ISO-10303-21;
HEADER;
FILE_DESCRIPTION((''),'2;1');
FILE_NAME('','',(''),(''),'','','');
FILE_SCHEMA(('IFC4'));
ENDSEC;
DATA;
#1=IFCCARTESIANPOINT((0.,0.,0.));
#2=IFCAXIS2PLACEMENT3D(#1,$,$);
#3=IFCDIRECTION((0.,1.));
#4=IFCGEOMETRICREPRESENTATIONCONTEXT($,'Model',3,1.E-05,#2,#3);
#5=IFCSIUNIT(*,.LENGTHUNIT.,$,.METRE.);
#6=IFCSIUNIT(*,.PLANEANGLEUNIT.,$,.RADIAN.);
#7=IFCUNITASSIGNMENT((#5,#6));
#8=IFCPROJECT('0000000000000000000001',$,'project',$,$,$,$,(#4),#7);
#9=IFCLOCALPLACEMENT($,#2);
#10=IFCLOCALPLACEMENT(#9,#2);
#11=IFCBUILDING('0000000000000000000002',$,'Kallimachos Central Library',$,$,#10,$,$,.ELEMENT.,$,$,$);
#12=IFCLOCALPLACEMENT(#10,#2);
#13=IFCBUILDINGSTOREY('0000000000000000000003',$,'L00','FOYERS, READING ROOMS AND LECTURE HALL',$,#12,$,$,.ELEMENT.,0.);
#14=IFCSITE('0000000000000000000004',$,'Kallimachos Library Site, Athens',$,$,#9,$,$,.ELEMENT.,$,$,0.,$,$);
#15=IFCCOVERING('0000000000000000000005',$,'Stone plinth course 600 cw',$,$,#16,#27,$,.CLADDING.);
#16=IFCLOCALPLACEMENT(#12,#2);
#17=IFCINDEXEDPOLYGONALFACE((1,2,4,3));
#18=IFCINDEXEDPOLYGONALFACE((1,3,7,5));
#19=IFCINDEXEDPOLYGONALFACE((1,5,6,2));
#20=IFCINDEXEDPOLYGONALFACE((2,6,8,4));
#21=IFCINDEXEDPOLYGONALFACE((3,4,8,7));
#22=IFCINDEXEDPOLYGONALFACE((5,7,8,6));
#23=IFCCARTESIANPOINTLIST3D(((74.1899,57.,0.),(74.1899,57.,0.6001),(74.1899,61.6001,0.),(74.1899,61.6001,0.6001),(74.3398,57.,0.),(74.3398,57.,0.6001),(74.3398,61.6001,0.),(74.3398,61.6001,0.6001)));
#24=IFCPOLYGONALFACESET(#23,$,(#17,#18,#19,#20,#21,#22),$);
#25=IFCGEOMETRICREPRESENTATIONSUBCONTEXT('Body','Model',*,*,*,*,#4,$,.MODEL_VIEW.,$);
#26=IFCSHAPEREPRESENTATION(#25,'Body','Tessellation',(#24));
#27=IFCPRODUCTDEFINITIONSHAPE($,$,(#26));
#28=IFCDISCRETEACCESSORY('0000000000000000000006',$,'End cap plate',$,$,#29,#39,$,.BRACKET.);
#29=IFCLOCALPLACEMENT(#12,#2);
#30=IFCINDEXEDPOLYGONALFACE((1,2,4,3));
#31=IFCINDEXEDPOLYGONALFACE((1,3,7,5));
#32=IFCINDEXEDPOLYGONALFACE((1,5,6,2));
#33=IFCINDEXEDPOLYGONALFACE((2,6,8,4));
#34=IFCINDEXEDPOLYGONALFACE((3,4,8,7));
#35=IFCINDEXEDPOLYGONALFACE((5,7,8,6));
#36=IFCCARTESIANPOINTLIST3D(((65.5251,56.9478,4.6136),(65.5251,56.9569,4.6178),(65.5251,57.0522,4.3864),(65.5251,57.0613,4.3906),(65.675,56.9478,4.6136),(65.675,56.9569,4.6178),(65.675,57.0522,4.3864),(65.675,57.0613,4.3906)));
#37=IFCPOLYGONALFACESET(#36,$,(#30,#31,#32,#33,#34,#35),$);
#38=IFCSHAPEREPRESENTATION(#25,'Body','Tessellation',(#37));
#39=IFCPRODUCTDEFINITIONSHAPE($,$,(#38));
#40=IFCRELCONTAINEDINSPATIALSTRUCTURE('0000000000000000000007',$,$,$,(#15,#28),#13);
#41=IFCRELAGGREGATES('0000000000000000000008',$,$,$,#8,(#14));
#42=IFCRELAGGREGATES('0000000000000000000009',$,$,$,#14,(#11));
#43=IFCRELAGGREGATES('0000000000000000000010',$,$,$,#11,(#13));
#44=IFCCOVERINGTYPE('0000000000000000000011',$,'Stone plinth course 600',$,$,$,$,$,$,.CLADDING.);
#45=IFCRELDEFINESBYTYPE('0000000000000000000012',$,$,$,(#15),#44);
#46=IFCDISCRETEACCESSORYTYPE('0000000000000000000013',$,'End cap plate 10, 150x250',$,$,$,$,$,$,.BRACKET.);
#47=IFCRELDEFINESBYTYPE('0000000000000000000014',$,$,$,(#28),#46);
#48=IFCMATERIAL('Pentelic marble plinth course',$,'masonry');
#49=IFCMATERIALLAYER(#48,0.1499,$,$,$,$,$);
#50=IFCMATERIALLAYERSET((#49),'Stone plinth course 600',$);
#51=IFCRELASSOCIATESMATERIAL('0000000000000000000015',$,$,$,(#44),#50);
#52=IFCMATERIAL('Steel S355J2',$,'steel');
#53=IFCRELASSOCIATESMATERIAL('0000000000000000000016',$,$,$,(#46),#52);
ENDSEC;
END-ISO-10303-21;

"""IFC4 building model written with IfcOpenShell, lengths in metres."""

from ifc_helpers import new_model, si_unit, direction, frame, origin, origin_2d, place, context, subcontext, project, spatial, rectangle, extrude, material, layer, layer_set, material_profile, profile_set, type_object, element, save


model = new_model("IFC4")

# Units and contexts
model_context = context("Model", 3, precision=1e-05, world=origin(), true_north=direction((0.0, 1.0)))
body_context = subcontext(model_context, "Body", "Model", "MODEL_VIEW")
ifc_project = project(units=[si_unit("LENGTHUNIT", "METRE"), si_unit("PLANEANGLEUNIT", "RADIAN")], contexts=[model_context])

# Site, building, storey
site_placement = place(None, origin())
site = spatial("IfcSite", under=ifc_project, at=site_placement, Name="Kallimachos Library Site, Athens", CompositionType="ELEMENT", RefElevation=0.0)
building_placement = place(site_placement, origin())
building = spatial("IfcBuilding", under=site, at=building_placement, Name="Kallimachos Central Library", CompositionType="ELEMENT")
storey_placement = place(building_placement, origin())
storey = spatial("IfcBuildingStorey", under=building, at=storey_placement, Name="L00", Description="FOYERS, READING ROOMS AND LECTURE HALL", CompositionType="ELEMENT", Elevation=0.0)

# Covering
ifc_material_1 = material(Name="Pentelic marble plinth course", Category="masonry")
ifc_layer_1 = layer(ifc_material_1, 0.1499)
ifc_layer_set_1 = layer_set([ifc_layer_1], Name="Stone plinth course 600")
covering_type_1 = type_object("IfcCoveringType", Name="Stone plinth course 600", PredefinedType="CLADDING", material=ifc_layer_set_1)
covering_1_placement = place(storey_placement, frame((74.2649, 59.3, 0.0), z_axis=(0.0, 0.0, 1.0), x_axis=(1.0, 0.0, 0.0)))
element("IfcCovering", 1, at=covering_1_placement, inside=storey, type_object=covering_type_1, Name="Stone plinth course 600 cw", PredefinedType="CLADDING", context=body_context, shape_type="SweptSolid", body=[
    extrude(rectangle(XDim=0.1499, YDim=4.6001, at=origin_2d()), origin(), (0.0, 0.0, 1.0), 0.6001),
])

# Discrete accessory
ifc_material_2 = material(Name="Steel S355J2", Category="steel")
ifc_material_profile_1 = material_profile(ifc_material_2, rectangle(XDim=0.1499, YDim=0.25, at=origin_2d()), Name="End cap plate 10, 150x250")
ifc_profile_set_1 = profile_set([ifc_material_profile_1], Name="Steel S355J2")
discrete_accessory_type = type_object("IfcDiscreteAccessoryType", Name="End cap plate 10, 150x250", PredefinedType="BRACKET", material=ifc_profile_set_1)
discrete_accessory_placement = place(storey_placement, frame((65.6001, 57.0, 4.5), z_axis=(0.0, 0.908677, 0.4175), x_axis=(-1.0, 0.0, 0.0)))
element("IfcDiscreteAccessory", 2, at=discrete_accessory_placement, inside=storey, type_object=discrete_accessory_type, Name="End cap plate", PredefinedType="BRACKET", context=body_context, shape_type="SweptSolid", body=[
    extrude(rectangle(XDim=0.1499, YDim=0.25, at=origin_2d()), origin(), (0.0, 0.0, 1.0), 0.01),
])

save(model, "model.ifc")
